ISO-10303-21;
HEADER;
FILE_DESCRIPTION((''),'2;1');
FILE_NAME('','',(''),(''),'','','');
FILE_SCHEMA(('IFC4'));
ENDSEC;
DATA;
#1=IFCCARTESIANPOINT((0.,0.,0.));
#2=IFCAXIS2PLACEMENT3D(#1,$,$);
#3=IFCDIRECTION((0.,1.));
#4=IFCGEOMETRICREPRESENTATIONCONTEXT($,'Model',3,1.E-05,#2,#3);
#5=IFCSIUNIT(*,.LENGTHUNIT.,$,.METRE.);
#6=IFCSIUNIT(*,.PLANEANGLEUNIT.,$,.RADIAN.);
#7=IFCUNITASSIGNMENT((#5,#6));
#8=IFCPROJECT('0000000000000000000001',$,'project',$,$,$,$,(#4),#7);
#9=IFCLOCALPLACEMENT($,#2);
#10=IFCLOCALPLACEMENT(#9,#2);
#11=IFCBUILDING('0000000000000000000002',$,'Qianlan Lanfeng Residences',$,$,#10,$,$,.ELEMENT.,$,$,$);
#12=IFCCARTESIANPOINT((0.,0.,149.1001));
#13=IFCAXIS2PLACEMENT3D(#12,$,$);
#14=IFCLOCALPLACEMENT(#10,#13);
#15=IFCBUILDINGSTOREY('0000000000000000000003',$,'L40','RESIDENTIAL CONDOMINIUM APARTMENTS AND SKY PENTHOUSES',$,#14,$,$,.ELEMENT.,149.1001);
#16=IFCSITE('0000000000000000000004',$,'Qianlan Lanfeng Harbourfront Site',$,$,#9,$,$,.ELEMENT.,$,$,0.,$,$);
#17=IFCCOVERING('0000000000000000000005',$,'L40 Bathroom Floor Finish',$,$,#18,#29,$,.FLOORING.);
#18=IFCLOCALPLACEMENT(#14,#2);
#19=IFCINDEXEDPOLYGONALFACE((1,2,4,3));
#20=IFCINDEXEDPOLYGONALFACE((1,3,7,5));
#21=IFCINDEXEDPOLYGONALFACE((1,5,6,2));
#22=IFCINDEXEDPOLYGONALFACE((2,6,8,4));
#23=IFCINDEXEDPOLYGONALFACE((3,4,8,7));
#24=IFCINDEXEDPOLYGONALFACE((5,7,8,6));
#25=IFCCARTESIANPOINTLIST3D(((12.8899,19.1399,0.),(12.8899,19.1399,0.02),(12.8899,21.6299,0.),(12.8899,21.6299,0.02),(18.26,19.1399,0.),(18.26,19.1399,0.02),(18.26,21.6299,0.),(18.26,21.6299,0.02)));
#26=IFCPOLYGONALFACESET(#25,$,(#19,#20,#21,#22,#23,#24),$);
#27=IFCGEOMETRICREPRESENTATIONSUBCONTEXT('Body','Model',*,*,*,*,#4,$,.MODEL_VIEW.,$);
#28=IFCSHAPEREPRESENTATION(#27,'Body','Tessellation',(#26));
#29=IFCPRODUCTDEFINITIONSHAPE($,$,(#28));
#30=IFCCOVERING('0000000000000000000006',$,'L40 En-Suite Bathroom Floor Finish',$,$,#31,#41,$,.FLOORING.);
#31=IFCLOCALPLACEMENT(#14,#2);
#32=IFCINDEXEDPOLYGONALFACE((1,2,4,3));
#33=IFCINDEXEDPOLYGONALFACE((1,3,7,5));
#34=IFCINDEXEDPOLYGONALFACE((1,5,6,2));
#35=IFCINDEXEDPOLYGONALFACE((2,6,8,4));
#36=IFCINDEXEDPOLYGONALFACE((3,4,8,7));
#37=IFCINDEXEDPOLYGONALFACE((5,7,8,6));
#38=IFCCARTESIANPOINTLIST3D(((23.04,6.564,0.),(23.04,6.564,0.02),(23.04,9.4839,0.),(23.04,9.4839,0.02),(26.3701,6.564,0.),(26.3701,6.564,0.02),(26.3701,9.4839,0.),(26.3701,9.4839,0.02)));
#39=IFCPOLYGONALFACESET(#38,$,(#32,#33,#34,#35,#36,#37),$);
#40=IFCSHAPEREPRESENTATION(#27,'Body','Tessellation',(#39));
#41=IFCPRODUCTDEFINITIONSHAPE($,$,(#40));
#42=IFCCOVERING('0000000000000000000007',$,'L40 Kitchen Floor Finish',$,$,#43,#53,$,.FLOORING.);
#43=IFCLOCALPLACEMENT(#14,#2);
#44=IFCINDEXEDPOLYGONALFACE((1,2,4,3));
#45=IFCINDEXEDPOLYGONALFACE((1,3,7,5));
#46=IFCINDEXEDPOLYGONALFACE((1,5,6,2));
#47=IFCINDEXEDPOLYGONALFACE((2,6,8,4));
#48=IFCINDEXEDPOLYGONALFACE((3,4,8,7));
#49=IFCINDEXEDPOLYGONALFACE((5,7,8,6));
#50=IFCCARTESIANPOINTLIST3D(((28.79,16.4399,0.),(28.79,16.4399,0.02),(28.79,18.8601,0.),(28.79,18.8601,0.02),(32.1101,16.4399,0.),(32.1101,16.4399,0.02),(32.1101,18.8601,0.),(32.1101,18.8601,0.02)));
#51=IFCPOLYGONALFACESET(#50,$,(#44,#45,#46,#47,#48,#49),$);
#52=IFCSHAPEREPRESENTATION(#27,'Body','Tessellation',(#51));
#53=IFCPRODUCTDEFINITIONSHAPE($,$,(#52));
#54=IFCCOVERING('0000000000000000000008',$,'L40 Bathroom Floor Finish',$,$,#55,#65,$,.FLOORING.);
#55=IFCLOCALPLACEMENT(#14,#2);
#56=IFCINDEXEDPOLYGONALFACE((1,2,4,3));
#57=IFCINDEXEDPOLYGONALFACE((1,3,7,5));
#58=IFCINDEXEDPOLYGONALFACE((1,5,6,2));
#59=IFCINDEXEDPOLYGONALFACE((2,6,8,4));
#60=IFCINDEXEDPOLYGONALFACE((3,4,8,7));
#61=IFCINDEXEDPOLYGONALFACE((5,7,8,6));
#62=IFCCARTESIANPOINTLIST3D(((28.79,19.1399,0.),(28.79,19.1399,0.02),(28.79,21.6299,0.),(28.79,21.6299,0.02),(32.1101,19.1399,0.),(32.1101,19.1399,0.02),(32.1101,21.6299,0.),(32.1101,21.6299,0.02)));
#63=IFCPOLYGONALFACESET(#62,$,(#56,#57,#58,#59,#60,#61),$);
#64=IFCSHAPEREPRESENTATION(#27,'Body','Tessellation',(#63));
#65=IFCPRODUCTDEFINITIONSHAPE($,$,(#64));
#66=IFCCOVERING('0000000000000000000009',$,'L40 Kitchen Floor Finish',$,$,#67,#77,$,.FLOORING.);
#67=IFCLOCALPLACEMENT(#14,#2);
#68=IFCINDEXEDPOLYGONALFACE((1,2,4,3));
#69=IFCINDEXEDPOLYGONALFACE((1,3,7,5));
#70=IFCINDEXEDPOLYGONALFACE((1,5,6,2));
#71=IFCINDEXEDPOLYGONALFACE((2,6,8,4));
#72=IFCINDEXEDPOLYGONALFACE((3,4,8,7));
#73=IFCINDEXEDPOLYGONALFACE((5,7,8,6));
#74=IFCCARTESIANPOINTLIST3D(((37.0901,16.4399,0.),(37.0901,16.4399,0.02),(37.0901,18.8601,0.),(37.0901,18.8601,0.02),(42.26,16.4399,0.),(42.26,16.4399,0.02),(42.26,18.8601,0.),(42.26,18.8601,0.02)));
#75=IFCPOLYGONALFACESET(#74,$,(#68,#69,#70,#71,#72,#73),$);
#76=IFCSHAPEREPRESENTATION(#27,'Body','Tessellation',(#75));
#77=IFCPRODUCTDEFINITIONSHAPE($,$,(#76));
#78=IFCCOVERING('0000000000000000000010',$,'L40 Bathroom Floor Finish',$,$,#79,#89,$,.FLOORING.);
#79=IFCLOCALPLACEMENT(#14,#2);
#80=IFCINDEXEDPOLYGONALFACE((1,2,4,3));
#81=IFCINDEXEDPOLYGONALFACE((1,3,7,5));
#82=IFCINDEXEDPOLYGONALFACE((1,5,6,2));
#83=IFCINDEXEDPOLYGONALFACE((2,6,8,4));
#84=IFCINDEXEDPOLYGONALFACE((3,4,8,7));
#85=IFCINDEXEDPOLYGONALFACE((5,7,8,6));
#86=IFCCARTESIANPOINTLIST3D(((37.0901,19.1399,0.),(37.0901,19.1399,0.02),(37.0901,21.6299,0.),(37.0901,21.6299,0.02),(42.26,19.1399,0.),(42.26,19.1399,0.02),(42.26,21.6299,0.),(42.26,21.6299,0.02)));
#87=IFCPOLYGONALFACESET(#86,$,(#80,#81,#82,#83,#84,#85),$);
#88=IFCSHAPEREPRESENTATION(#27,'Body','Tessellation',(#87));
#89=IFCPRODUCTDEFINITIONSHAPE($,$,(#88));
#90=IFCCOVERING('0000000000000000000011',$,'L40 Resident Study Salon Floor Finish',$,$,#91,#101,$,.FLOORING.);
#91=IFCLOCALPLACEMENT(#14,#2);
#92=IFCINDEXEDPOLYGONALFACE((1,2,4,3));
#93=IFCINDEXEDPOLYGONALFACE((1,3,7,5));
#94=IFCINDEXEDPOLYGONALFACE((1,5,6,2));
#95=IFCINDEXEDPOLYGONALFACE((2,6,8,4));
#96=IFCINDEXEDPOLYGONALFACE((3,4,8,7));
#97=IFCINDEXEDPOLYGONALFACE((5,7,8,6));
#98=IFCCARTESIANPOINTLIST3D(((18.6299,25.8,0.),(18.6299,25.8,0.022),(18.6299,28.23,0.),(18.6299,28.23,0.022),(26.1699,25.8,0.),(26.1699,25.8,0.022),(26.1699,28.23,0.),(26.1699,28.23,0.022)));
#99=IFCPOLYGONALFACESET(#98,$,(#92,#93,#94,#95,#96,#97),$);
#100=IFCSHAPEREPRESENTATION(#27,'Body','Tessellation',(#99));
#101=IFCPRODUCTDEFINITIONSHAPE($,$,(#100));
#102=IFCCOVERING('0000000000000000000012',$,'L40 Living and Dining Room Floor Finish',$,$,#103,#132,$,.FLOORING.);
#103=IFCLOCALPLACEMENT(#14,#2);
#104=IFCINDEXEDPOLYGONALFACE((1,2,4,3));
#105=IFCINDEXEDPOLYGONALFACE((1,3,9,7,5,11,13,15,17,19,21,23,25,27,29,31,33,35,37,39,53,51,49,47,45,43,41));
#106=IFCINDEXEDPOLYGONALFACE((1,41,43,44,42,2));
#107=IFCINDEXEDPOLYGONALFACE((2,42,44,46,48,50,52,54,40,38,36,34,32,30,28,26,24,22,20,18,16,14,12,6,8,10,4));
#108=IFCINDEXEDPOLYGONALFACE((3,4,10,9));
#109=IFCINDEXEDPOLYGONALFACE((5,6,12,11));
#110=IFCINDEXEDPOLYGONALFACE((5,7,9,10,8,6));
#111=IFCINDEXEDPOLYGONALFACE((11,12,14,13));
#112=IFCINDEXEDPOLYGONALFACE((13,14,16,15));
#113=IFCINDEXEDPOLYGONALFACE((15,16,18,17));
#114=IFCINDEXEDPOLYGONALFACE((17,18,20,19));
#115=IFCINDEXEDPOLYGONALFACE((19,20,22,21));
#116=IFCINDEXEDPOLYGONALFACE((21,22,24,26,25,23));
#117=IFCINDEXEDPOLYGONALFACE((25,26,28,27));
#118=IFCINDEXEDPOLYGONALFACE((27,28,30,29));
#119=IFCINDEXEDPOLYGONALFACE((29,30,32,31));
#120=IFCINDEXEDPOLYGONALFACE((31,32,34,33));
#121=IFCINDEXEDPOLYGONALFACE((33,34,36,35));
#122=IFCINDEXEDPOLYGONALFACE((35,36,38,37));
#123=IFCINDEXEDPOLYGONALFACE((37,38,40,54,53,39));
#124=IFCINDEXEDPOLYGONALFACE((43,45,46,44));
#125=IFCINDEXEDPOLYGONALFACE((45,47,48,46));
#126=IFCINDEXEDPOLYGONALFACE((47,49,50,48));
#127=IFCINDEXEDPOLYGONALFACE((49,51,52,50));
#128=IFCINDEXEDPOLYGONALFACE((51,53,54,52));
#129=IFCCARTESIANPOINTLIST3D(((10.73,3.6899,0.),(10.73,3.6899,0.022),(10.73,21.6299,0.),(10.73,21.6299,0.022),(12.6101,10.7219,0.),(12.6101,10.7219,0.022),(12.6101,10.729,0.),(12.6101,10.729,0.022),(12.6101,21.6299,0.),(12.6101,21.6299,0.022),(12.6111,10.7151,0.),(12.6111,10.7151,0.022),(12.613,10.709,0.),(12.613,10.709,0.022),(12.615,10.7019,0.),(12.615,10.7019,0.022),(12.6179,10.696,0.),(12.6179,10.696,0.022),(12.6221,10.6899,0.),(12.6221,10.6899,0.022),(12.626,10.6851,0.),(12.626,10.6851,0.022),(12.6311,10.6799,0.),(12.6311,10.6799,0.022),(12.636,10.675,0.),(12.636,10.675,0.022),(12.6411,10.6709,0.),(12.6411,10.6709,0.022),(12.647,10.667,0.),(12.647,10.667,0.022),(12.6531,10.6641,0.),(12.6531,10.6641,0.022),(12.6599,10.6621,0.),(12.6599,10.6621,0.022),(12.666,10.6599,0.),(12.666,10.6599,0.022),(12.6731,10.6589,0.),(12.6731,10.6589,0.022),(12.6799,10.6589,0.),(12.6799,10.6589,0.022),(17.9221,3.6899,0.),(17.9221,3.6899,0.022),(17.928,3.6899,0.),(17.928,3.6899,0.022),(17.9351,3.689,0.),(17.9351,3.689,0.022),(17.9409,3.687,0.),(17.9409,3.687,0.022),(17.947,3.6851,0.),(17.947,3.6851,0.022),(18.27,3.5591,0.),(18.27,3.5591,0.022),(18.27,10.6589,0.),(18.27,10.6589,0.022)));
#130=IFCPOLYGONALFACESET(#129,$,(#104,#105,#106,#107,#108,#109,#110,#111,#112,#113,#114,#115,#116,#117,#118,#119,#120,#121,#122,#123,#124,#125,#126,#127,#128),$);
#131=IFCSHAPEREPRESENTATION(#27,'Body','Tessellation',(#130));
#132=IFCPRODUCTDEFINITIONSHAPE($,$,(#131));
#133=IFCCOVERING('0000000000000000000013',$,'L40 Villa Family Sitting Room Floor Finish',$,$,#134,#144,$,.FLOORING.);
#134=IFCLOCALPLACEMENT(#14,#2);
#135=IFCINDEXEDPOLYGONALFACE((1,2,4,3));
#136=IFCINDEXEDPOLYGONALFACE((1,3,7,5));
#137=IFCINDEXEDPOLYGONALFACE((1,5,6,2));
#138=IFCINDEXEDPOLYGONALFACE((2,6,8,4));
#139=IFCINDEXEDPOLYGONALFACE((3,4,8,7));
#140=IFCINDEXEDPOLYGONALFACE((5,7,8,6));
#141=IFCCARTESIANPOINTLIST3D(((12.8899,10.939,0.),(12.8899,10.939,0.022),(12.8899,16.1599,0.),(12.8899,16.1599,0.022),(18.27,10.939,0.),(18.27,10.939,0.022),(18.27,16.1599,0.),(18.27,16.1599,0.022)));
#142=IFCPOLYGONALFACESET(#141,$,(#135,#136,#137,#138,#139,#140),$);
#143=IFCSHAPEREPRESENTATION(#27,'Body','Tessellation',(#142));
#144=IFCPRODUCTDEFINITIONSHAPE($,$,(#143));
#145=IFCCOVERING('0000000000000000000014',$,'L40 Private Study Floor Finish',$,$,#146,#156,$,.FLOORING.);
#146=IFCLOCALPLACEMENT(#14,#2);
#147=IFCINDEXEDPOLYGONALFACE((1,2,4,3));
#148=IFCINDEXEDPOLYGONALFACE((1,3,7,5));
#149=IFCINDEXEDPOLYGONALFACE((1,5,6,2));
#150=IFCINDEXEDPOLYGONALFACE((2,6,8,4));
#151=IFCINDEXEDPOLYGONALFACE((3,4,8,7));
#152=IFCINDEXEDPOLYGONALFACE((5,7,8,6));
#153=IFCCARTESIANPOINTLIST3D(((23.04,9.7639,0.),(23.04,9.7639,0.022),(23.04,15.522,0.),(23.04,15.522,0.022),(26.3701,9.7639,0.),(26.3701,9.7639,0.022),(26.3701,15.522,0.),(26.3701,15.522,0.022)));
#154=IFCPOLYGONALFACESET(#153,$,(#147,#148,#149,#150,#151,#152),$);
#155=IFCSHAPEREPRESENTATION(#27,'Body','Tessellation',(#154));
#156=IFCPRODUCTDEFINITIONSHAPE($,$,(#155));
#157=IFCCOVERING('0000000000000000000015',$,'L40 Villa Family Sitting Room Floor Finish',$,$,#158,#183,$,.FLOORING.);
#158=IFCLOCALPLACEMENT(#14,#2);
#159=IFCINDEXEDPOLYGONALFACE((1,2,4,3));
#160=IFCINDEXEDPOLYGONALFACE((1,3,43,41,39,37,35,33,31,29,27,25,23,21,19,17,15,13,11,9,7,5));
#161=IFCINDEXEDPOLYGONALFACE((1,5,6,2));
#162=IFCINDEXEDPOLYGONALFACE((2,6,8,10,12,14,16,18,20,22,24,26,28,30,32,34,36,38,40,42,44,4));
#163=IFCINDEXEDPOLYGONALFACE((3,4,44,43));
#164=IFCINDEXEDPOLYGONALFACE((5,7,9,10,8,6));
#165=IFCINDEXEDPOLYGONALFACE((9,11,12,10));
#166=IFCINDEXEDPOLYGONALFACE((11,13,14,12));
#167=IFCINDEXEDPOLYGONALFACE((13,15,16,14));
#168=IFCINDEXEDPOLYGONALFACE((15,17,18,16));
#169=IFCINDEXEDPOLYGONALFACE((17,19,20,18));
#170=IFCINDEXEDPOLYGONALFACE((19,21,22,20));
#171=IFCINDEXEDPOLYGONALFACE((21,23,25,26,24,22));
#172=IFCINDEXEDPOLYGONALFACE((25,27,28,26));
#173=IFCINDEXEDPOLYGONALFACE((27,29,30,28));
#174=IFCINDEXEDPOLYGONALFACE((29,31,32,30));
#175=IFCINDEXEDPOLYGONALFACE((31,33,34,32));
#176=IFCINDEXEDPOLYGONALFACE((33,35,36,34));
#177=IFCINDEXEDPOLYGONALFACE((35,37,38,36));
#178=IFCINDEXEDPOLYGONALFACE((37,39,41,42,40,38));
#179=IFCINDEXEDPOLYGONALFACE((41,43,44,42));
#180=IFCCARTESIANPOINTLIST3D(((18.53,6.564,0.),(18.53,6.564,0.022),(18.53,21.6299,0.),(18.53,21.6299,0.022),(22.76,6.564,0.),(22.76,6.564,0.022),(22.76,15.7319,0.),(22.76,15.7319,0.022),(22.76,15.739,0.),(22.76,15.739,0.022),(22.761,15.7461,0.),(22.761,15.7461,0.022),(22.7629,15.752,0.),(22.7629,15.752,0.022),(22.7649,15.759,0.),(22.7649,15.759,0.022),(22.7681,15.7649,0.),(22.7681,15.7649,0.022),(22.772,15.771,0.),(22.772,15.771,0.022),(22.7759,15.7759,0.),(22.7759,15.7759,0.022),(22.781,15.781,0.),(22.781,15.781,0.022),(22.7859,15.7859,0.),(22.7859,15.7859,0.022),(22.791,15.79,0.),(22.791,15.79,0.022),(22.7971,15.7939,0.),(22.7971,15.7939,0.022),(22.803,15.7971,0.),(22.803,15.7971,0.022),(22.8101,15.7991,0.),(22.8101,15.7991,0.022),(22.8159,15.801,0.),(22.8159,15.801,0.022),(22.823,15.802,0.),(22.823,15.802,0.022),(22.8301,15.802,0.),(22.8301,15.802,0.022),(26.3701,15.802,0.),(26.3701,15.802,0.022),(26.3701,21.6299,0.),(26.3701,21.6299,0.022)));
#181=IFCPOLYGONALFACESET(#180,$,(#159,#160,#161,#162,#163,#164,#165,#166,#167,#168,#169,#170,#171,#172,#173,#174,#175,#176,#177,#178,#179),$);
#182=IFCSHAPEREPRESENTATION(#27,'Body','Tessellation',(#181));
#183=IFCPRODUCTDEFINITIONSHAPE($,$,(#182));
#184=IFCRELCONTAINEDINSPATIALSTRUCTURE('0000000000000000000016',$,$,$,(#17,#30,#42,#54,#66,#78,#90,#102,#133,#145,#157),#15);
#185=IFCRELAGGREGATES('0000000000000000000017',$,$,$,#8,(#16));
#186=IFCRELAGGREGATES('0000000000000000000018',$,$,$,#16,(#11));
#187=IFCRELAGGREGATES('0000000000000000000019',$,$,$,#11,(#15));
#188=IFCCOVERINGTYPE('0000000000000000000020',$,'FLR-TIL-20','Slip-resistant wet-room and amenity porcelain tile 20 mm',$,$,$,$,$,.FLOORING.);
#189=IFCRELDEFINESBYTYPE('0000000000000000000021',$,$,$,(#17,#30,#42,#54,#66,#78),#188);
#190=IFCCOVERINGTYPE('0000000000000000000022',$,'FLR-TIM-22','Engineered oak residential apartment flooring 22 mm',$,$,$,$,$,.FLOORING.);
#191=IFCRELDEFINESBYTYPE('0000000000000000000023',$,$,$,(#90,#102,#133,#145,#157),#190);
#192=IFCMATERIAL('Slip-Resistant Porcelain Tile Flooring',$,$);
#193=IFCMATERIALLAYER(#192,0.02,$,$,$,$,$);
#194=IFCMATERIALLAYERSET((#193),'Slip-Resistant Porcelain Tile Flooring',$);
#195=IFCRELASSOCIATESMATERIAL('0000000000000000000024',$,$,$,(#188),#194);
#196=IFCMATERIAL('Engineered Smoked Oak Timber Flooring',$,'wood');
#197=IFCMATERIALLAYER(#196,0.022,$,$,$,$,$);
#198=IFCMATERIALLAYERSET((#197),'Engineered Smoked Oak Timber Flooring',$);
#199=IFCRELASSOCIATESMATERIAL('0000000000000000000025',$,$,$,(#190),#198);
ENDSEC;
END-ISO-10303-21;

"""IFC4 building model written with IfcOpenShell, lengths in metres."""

from ifc_helpers import new_model, si_unit, direction, frame, origin, place, context, subcontext, project, spatial, polyline, outline, extrude, material, layer, layer_set, type_object, element, save


model = new_model("IFC4")

# Units and contexts
model_context = context("Model", 3, precision=1e-05, world=origin(), true_north=direction((0.0, 1.0)))
body_context = subcontext(model_context, "Body", "Model", "MODEL_VIEW")
ifc_project = project(units=[si_unit("LENGTHUNIT", "METRE"), si_unit("PLANEANGLEUNIT", "RADIAN")], contexts=[model_context])

# Site, building, storey
site_placement = place(None, origin())
site = spatial("IfcSite", under=ifc_project, at=site_placement, Name="Qianlan Lanfeng Harbourfront Site", CompositionType="ELEMENT", RefElevation=0.0)
building_placement = place(site_placement, origin())
building = spatial("IfcBuilding", under=site, at=building_placement, Name="Qianlan Lanfeng Residences", CompositionType="ELEMENT")
storey_placement = place(building_placement, frame((0.0, 0.0, 149.1001)))
storey = spatial("IfcBuildingStorey", under=building, at=storey_placement, Name="L40", Description="RESIDENTIAL CONDOMINIUM APARTMENTS AND SKY PENTHOUSES", CompositionType="ELEMENT", Elevation=149.1001)

# Coverings
ifc_material_1 = material(Name="Slip-Resistant Porcelain Tile Flooring")
ifc_layer_1 = layer(ifc_material_1, 0.02)
ifc_layer_set_1 = layer_set([ifc_layer_1], Name="Slip-Resistant Porcelain Tile Flooring")
covering_type_1 = type_object("IfcCoveringType", Name="FLR-TIL-20", Description="Slip-resistant wet-room and amenity porcelain tile 20 mm", PredefinedType="FLOORING", material=ifc_layer_set_1)
covering_1_placement = place(storey_placement, origin())
element("IfcCovering", 1, at=covering_1_placement, inside=storey, type_object=covering_type_1, Name="L40 Bathroom Floor Finish", PredefinedType="FLOORING", context=body_context, shape_type="SweptSolid", body=[
    extrude(outline(polyline([(12.8899, 19.1399), (18.26, 19.1399), (18.26, 21.6299), (12.8899, 21.6299), (12.8899, 19.1399)])), origin(), (0.0, 0.0, 1.0), 0.02),
])
covering_2_placement = place(storey_placement, origin())
element("IfcCovering", 2, at=covering_2_placement, inside=storey, type_object=covering_type_1, Name="L40 En-Suite Bathroom Floor Finish", PredefinedType="FLOORING", context=body_context, shape_type="SweptSolid", body=[
    extrude(outline(polyline([(23.04, 6.564), (26.3701, 6.564), (26.3701, 9.4839), (23.04, 9.4839), (23.04, 6.564)])), origin(), (0.0, 0.0, 1.0), 0.02),
])
covering_3_placement = place(storey_placement, origin())
element("IfcCovering", 3, at=covering_3_placement, inside=storey, type_object=covering_type_1, Name="L40 Kitchen Floor Finish", PredefinedType="FLOORING", context=body_context, shape_type="SweptSolid", body=[
    extrude(outline(polyline([(28.79, 16.4399), (32.1101, 16.4399), (32.1101, 18.8601), (28.79, 18.8601), (28.79, 16.4399)])), origin(), (0.0, 0.0, 1.0), 0.02),
])
covering_4_placement = place(storey_placement, origin())
element("IfcCovering", 4, at=covering_4_placement, inside=storey, type_object=covering_type_1, Name="L40 Bathroom Floor Finish", PredefinedType="FLOORING", context=body_context, shape_type="SweptSolid", body=[
    extrude(outline(polyline([(28.79, 19.1399), (32.1101, 19.1399), (32.1101, 21.6299), (28.79, 21.6299), (28.79, 19.1399)])), origin(), (0.0, 0.0, 1.0), 0.02),
])
covering_5_placement = place(storey_placement, origin())
element("IfcCovering", 5, at=covering_5_placement, inside=storey, type_object=covering_type_1, Name="L40 Kitchen Floor Finish", PredefinedType="FLOORING", context=body_context, shape_type="SweptSolid", body=[
    extrude(outline(polyline([(37.0901, 16.4399), (42.26, 16.4399), (42.26, 18.8601), (37.0901, 18.8601), (37.0901, 16.4399)])), origin(), (0.0, 0.0, 1.0), 0.02),
])
covering_6_placement = place(storey_placement, origin())
element("IfcCovering", 6, at=covering_6_placement, inside=storey, type_object=covering_type_1, Name="L40 Bathroom Floor Finish", PredefinedType="FLOORING", context=body_context, shape_type="SweptSolid", body=[
    extrude(outline(polyline([(37.0901, 19.1399), (42.26, 19.1399), (42.26, 21.6299), (37.0901, 21.6299), (37.0901, 19.1399)])), origin(), (0.0, 0.0, 1.0), 0.02),
])
ifc_material_2 = material(Name="Engineered Smoked Oak Timber Flooring", Category="wood")
ifc_layer_2 = layer(ifc_material_2, 0.022)
ifc_layer_set_2 = layer_set([ifc_layer_2], Name="Engineered Smoked Oak Timber Flooring")
covering_type_2 = type_object("IfcCoveringType", Name="FLR-TIM-22", Description="Engineered oak residential apartment flooring 22 mm", PredefinedType="FLOORING", material=ifc_layer_set_2)
covering_7_placement = place(storey_placement, origin())
element("IfcCovering", 7, at=covering_7_placement, inside=storey, type_object=covering_type_2, Name="L40 Resident Study Salon Floor Finish", PredefinedType="FLOORING", context=body_context, shape_type="SweptSolid", body=[
    extrude(outline(polyline([(18.6299, 25.8), (26.1699, 25.8), (26.1699, 28.23), (18.6299, 28.23), (18.6299, 25.8)])), origin(), (0.0, 0.0, 1.0), 0.022),
])
covering_8_placement = place(storey_placement, origin())
element("IfcCovering", 8, at=covering_8_placement, inside=storey, type_object=covering_type_2, Name="L40 Living and Dining Room Floor Finish", PredefinedType="FLOORING", context=body_context, shape_type="SweptSolid", body=[
    extrude(outline(polyline([(18.27, 3.5591), (18.27, 10.6589), (12.6799, 10.6589), (12.6731, 10.6589), (12.666, 10.6599), (12.6599, 10.6621), (12.6531, 10.6641), (12.647, 10.667), (12.6411, 10.6709), (12.636, 10.675), (12.6311, 10.6799), (12.626, 10.6851), (12.6221, 10.6899), (12.6179, 10.696), (12.615, 10.7019), (12.613, 10.709), (12.6111, 10.7151), (12.6101, 10.7219), (12.6101, 10.729), (12.6101, 21.6299), (10.73, 21.6299), (10.73, 3.6899), (17.9221, 3.6899), (17.928, 3.6899), (17.9351, 3.689), (17.9409, 3.687), (17.947, 3.6851), (18.27, 3.5591)])), origin(), (0.0, 0.0, 1.0), 0.022),
])
covering_9_placement = place(storey_placement, origin())
element("IfcCovering", 9, at=covering_9_placement, inside=storey, type_object=covering_type_2, Name="L40 Villa Family Sitting Room Floor Finish", PredefinedType="FLOORING", context=body_context, shape_type="SweptSolid", body=[
    extrude(outline(polyline([(12.8899, 16.1599), (12.8899, 10.939), (18.27, 10.939), (18.27, 16.1599), (12.8899, 16.1599)])), origin(), (0.0, 0.0, 1.0), 0.022),
])
covering_10_placement = place(storey_placement, origin())
element("IfcCovering", 10, at=covering_10_placement, inside=storey, type_object=covering_type_2, Name="L40 Private Study Floor Finish", PredefinedType="FLOORING", context=body_context, shape_type="SweptSolid", body=[
    extrude(outline(polyline([(23.04, 9.7639), (26.3701, 9.7639), (26.3701, 15.522), (23.04, 15.522), (23.04, 9.7639)])), origin(), (0.0, 0.0, 1.0), 0.022),
])
covering_11_placement = place(storey_placement, origin())
element("IfcCovering", 11, at=covering_11_placement, inside=storey, type_object=covering_type_2, Name="L40 Villa Family Sitting Room Floor Finish", PredefinedType="FLOORING", context=body_context, shape_type="SweptSolid", body=[
    extrude(outline(polyline([(18.53, 6.564), (22.76, 6.564), (22.76, 15.7319), (22.76, 15.739), (22.761, 15.7461), (22.7629, 15.752), (22.7649, 15.759), (22.7681, 15.7649), (22.772, 15.771), (22.7759, 15.7759), (22.781, 15.781), (22.7859, 15.7859), (22.791, 15.79), (22.7971, 15.7939), (22.803, 15.7971), (22.8101, 15.7991), (22.8159, 15.801), (22.823, 15.802), (22.8301, 15.802), (26.3701, 15.802), (26.3701, 21.6299), (18.53, 21.6299), (18.53, 6.564)])), origin(), (0.0, 0.0, 1.0), 0.022),
])

save(model, "model.ifc")
